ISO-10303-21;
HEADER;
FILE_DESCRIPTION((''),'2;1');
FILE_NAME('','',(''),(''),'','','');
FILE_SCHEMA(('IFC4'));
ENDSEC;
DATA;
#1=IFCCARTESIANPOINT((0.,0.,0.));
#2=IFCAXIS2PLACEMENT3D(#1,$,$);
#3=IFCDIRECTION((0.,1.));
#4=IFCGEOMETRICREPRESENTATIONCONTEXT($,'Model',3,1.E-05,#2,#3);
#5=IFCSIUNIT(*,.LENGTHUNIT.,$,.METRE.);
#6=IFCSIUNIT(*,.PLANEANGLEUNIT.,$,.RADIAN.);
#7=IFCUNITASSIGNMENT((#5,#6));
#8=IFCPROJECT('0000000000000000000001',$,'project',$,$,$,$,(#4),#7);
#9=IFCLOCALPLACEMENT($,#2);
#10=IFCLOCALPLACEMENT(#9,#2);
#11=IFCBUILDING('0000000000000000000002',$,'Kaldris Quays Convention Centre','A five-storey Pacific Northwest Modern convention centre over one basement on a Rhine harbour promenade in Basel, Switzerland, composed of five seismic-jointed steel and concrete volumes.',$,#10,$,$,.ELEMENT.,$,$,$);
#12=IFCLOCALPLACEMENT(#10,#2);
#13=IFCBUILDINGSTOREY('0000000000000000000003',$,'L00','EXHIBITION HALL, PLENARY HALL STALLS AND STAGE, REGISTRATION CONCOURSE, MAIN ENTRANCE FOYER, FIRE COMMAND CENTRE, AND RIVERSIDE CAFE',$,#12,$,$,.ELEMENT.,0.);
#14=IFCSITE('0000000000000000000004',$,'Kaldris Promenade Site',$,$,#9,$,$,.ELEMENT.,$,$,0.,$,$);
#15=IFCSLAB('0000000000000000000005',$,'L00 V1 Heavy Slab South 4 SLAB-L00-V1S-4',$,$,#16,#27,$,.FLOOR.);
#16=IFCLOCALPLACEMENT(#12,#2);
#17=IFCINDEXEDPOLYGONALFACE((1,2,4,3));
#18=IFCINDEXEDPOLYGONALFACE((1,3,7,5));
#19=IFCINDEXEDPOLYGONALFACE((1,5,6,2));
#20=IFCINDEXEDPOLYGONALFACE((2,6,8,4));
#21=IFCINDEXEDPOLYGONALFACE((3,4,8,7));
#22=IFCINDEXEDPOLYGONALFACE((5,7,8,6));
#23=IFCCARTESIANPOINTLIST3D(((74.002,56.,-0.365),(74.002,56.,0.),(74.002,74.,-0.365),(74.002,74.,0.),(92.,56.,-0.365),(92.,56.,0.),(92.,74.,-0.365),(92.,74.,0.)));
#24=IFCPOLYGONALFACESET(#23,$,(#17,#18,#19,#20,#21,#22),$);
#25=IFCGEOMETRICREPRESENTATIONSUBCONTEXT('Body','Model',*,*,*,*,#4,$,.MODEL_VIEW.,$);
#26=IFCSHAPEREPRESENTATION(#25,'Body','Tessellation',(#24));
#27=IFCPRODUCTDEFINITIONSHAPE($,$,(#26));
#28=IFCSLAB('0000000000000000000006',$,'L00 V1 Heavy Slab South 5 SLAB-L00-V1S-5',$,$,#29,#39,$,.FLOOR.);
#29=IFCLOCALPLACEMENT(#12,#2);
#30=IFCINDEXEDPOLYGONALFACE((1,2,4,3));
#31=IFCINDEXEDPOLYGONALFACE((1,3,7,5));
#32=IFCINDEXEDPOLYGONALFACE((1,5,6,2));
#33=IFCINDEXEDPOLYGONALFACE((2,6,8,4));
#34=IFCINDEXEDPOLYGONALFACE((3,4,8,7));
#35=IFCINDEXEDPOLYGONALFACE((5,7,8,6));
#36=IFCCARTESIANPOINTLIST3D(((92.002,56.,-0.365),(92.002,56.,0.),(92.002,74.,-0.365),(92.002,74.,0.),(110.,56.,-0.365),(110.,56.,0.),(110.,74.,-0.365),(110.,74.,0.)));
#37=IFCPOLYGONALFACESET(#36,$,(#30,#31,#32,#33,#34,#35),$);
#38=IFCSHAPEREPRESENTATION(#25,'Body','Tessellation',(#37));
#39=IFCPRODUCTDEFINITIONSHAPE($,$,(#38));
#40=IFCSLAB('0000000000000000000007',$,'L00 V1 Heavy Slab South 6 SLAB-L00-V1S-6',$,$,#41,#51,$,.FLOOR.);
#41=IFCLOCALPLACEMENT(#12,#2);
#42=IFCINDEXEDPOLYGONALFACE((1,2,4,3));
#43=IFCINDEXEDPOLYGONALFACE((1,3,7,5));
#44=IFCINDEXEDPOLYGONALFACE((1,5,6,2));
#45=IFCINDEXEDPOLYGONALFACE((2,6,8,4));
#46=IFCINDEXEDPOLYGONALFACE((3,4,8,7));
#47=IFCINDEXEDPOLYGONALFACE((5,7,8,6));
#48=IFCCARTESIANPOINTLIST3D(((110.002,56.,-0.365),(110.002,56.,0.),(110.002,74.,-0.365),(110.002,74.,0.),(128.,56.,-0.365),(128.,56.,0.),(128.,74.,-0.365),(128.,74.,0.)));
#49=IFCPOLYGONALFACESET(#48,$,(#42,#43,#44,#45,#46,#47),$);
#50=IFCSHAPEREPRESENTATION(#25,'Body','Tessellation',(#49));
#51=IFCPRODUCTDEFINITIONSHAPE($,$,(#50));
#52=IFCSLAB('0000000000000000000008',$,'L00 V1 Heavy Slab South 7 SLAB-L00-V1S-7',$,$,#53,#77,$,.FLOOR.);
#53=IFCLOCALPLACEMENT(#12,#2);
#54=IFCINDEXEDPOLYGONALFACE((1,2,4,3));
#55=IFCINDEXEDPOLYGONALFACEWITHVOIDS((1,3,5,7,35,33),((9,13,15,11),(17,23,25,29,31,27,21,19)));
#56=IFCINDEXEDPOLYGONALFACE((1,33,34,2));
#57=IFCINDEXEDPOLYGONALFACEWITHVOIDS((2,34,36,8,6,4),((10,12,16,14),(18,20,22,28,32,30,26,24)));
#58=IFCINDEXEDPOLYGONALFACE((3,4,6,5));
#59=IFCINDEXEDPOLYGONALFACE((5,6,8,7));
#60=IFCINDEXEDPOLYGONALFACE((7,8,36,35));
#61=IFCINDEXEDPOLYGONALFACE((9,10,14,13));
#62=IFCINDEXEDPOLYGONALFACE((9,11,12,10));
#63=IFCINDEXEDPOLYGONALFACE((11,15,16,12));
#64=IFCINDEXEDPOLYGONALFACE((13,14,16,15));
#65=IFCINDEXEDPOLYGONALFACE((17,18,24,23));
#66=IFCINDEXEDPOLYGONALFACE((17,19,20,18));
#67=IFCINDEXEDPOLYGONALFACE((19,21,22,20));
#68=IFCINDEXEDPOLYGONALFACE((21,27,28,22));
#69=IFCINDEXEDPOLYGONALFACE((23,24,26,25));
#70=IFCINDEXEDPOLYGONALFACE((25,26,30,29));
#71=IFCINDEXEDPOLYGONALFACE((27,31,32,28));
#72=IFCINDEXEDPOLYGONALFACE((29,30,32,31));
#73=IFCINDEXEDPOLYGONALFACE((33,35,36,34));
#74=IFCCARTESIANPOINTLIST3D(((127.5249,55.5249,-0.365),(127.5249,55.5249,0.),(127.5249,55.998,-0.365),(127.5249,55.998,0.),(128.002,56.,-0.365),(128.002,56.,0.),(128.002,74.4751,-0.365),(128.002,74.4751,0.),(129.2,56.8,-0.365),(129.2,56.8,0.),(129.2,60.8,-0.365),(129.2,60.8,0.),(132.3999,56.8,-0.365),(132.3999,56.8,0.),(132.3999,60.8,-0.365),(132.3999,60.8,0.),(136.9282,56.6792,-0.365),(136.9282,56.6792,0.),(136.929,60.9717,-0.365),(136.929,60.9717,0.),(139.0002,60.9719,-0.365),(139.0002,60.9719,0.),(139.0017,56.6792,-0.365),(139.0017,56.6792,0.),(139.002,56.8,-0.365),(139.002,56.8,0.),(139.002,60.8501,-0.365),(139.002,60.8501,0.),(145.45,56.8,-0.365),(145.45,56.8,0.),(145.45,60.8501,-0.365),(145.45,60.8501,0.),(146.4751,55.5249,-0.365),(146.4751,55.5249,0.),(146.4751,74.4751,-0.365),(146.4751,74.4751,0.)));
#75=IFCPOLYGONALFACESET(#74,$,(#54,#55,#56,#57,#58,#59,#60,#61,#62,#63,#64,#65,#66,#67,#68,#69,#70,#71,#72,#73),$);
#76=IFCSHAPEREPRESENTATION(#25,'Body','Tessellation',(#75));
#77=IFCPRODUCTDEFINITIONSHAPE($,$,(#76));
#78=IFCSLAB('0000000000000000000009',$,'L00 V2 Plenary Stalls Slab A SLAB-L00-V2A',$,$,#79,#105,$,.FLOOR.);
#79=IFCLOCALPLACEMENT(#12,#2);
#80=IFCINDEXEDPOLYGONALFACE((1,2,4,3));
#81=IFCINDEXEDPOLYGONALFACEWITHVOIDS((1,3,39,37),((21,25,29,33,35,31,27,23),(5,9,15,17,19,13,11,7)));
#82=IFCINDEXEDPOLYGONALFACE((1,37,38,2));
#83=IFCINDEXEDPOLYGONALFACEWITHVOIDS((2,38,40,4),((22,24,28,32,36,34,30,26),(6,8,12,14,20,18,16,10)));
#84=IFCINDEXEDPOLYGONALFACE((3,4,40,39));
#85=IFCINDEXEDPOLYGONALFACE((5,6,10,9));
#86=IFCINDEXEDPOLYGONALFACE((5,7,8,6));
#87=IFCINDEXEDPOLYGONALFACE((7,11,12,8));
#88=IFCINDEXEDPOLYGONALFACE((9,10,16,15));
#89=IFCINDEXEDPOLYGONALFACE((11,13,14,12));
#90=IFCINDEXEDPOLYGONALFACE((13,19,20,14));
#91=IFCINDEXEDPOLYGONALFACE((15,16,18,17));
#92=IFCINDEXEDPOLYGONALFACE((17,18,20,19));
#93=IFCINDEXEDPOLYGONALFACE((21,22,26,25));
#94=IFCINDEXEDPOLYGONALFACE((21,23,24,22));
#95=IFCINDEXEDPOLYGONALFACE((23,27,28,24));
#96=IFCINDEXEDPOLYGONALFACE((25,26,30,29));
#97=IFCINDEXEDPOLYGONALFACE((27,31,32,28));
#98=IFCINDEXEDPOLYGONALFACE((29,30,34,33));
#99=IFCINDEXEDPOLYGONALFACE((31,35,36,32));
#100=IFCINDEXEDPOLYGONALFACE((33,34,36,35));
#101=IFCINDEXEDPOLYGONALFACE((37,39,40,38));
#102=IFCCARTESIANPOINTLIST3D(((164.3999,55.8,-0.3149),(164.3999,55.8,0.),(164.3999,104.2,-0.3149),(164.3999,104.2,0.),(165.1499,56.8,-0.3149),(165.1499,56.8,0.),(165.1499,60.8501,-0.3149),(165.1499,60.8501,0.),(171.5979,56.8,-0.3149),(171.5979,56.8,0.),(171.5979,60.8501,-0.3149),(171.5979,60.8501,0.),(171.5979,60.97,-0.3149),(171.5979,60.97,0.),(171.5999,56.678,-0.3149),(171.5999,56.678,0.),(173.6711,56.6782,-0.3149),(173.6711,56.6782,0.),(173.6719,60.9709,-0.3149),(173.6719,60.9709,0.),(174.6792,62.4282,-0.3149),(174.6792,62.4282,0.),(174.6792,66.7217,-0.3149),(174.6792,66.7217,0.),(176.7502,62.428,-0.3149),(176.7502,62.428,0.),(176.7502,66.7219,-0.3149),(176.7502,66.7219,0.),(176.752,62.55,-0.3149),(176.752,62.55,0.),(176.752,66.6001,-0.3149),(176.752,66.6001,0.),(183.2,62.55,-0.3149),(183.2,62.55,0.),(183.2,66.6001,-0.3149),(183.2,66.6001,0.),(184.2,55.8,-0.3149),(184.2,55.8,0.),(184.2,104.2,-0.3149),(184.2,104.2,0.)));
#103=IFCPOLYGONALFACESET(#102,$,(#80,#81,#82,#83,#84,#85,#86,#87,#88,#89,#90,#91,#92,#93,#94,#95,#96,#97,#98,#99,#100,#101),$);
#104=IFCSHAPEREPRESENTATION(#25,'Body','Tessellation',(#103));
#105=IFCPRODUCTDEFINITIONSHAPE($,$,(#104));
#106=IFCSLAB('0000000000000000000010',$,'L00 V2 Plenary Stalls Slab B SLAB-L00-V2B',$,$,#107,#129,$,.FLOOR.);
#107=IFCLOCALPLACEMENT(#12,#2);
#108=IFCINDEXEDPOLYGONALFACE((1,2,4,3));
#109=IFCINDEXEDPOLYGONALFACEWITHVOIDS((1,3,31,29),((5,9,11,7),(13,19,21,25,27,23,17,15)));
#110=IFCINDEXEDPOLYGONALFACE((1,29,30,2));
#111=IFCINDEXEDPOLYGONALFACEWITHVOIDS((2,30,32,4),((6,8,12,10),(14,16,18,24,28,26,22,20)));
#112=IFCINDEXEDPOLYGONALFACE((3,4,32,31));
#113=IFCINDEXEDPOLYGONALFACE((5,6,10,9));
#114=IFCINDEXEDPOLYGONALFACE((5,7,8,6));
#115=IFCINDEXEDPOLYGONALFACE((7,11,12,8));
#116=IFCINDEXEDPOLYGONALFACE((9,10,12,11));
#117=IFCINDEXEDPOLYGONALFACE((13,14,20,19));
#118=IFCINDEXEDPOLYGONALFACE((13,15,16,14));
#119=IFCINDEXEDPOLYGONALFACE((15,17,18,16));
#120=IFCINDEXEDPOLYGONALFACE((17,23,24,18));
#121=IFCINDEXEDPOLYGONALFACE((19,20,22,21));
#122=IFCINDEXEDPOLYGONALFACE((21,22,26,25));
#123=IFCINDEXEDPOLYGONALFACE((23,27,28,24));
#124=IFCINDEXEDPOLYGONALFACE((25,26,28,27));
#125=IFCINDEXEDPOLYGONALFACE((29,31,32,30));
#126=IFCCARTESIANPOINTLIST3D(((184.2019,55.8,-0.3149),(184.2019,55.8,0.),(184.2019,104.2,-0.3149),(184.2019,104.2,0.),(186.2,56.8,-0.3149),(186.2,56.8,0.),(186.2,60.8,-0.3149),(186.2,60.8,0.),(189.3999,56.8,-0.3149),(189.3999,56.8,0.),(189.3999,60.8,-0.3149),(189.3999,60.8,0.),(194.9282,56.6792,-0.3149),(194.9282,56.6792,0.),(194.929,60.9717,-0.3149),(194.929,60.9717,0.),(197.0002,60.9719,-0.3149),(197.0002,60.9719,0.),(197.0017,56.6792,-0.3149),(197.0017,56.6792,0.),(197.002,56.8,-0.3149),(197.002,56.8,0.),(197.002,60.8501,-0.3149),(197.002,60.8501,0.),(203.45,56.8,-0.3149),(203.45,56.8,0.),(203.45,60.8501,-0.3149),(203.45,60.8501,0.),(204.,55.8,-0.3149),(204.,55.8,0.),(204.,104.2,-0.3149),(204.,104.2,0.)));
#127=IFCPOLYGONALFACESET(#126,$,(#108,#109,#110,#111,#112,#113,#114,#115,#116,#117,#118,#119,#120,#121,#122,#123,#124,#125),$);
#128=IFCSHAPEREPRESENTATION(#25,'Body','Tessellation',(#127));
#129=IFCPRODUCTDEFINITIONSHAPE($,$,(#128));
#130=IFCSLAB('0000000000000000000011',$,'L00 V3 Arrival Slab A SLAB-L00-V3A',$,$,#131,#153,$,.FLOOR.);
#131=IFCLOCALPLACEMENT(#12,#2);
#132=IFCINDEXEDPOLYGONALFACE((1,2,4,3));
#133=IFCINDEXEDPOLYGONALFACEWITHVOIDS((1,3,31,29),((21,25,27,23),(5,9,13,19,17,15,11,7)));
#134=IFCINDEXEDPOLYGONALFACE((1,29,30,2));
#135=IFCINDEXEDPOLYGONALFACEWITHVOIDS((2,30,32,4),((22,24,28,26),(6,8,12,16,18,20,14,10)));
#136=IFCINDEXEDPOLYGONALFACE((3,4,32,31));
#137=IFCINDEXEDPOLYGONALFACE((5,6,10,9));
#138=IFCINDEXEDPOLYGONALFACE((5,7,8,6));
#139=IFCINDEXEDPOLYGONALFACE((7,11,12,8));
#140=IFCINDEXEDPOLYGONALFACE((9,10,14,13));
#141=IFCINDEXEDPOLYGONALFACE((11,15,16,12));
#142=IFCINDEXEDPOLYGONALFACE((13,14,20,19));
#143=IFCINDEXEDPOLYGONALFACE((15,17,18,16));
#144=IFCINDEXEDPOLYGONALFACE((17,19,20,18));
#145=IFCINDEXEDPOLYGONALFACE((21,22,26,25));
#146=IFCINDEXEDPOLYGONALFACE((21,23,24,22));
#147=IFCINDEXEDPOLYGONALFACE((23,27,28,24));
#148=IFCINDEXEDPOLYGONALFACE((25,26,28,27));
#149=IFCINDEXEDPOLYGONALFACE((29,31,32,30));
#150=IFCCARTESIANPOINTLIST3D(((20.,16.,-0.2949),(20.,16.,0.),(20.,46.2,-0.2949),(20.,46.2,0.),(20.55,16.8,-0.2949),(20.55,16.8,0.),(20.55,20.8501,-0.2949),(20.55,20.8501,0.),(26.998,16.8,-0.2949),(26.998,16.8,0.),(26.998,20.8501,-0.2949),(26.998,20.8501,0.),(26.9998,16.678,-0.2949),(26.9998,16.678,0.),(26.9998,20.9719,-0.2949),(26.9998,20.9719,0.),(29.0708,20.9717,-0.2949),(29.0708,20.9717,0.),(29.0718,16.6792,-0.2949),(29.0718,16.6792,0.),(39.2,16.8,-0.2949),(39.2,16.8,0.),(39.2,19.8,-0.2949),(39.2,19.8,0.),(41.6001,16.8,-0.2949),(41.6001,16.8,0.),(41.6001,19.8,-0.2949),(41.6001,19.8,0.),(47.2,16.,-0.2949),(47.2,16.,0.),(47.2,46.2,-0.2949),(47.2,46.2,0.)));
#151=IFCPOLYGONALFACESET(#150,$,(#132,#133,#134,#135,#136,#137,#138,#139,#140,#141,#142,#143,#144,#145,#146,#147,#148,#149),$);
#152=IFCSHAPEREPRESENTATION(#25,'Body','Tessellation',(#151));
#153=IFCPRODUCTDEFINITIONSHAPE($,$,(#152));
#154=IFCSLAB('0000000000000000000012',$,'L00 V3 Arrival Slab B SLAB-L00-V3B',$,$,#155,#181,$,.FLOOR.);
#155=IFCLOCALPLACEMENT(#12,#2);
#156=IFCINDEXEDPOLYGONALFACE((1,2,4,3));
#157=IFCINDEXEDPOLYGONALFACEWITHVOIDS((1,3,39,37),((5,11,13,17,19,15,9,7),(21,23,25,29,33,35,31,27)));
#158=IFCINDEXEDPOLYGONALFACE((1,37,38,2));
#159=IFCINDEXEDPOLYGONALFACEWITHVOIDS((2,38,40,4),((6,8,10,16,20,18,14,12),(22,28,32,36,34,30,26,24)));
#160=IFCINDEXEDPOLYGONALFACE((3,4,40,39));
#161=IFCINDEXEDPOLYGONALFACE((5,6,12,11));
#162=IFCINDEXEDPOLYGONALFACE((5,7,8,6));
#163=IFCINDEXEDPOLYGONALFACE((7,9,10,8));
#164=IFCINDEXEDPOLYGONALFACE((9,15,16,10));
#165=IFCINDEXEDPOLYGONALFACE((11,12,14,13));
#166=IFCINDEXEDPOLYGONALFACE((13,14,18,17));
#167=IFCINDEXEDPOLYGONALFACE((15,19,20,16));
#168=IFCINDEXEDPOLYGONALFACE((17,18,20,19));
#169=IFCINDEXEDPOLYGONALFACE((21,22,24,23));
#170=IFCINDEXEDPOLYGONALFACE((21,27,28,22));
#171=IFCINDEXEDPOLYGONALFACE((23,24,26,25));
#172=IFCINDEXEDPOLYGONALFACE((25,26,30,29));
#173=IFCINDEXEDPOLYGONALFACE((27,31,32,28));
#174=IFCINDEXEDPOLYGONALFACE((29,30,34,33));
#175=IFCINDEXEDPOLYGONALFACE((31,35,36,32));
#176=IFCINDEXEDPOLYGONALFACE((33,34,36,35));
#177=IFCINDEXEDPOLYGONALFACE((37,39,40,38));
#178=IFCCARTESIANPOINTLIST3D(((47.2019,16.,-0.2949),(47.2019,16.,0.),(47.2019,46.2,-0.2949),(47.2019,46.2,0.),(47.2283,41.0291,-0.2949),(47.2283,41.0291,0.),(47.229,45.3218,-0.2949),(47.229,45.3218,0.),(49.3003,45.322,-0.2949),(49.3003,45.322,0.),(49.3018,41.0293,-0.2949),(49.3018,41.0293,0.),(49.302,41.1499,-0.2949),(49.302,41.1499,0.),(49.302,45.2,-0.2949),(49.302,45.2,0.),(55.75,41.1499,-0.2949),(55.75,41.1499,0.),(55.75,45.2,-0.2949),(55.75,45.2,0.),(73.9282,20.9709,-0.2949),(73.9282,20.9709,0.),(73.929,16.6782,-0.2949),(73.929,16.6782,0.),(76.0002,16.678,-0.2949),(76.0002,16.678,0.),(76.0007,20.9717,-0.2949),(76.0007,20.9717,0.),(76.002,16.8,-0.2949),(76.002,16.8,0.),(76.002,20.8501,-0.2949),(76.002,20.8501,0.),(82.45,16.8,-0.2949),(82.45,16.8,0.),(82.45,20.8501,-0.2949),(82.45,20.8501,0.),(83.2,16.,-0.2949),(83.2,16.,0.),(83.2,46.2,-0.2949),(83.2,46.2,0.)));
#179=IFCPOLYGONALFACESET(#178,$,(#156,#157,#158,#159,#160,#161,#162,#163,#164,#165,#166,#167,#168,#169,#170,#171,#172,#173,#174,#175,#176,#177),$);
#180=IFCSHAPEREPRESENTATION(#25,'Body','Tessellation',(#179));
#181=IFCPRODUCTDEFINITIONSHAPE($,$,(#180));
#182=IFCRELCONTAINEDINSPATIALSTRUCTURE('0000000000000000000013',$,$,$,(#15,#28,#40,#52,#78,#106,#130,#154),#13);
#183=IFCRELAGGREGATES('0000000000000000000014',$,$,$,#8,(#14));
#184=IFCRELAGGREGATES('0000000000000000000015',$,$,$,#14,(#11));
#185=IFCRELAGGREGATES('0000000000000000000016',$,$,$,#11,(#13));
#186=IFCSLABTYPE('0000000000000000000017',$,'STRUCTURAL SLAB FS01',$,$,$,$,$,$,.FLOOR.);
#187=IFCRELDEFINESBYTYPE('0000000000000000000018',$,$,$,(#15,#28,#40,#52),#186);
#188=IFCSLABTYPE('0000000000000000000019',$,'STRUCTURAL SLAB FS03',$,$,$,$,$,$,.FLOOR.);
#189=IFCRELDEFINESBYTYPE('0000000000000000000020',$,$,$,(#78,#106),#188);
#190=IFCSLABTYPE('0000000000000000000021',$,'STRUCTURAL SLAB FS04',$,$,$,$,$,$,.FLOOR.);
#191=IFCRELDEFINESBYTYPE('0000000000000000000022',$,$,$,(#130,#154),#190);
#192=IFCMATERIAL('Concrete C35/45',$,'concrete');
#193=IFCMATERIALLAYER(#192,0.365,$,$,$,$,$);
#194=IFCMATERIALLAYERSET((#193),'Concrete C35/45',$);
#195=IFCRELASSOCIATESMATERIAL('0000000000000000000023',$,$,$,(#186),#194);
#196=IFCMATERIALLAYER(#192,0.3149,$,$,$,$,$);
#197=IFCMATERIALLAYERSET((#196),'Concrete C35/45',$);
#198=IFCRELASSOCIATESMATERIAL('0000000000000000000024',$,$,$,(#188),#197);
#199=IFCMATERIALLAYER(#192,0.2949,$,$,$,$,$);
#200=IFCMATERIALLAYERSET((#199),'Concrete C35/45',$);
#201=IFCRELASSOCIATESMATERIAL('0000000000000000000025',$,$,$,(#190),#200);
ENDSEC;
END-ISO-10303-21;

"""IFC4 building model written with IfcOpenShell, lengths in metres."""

from ifc_helpers import new_model, si_unit, direction, frame, origin, place, context, subcontext, project, spatial, polyline, outline, extrude, material, layer, layer_set, type_object, element, save


model = new_model("IFC4")

# Units and contexts
model_context = context("Model", 3, precision=1e-05, world=origin(), true_north=direction((0.0, 1.0)))
body_context = subcontext(model_context, "Body", "Model", "MODEL_VIEW")
ifc_project = project(units=[si_unit("LENGTHUNIT", "METRE"), si_unit("PLANEANGLEUNIT", "RADIAN")], contexts=[model_context])

# Site, building, storey
site_placement = place(None, origin())
site = spatial("IfcSite", under=ifc_project, at=site_placement, Name="Kaldris Promenade Site", CompositionType="ELEMENT", RefElevation=0.0)
building_placement = place(site_placement, origin())
building = spatial("IfcBuilding", under=site, at=building_placement, Name="Kaldris Quays Convention Centre", Description="A five-storey Pacific Northwest Modern convention centre over one basement on a Rhine harbour promenade in Basel, Switzerland, composed of five seismic-jointed steel and concrete volumes.", CompositionType="ELEMENT")
storey_placement = place(building_placement, origin())
storey = spatial("IfcBuildingStorey", under=building, at=storey_placement, Name="L00", Description="EXHIBITION HALL, PLENARY HALL STALLS AND STAGE, REGISTRATION CONCOURSE, MAIN ENTRANCE FOYER, FIRE COMMAND CENTRE, AND RIVERSIDE CAFE", CompositionType="ELEMENT", Elevation=0.0)

# Slabs
ifc_material = material(Name="Concrete C35/45", Category="concrete")
ifc_layer_1 = layer(ifc_material, 0.365)
ifc_layer_set_1 = layer_set([ifc_layer_1], Name="Concrete C35/45")
slab_type_1 = type_object("IfcSlabType", Name="STRUCTURAL SLAB FS01", PredefinedType="FLOOR", material=ifc_layer_set_1)
slab_1_placement = place(storey_placement, frame((0.0, 0.0, -0.365)))
element("IfcSlab", 1, at=slab_1_placement, inside=storey, type_object=slab_type_1, Name="L00 V1 Heavy Slab South 4 SLAB-L00-V1S-4", PredefinedType="FLOOR", context=body_context, shape_type="SweptSolid", body=[
    extrude(outline(polyline([(92.0, 74.0), (92.0, 56.0), (74.002, 56.0), (74.002, 74.0), (92.0, 74.0)])), origin(), (0.0, 0.0, 1.0), 0.365),
])
slab_2_placement = place(storey_placement, frame((0.0, 0.0, -0.365)))
element("IfcSlab", 2, at=slab_2_placement, inside=storey, type_object=slab_type_1, Name="L00 V1 Heavy Slab South 5 SLAB-L00-V1S-5", PredefinedType="FLOOR", context=body_context, shape_type="SweptSolid", body=[
    extrude(outline(polyline([(110.0, 74.0), (110.0, 56.0), (92.002, 56.0), (92.002, 74.0), (110.0, 74.0)])), origin(), (0.0, 0.0, 1.0), 0.365),
])
slab_3_placement = place(storey_placement, frame((0.0, 0.0, -0.365)))
element("IfcSlab", 3, at=slab_3_placement, inside=storey, type_object=slab_type_1, Name="L00 V1 Heavy Slab South 6 SLAB-L00-V1S-6", PredefinedType="FLOOR", context=body_context, shape_type="SweptSolid", body=[
    extrude(outline(polyline([(128.0, 74.0), (128.0, 56.0), (110.002, 56.0), (110.002, 74.0), (128.0, 74.0)])), origin(), (0.0, 0.0, 1.0), 0.365),
])
slab_4_placement = place(storey_placement, frame((0.0, 0.0, -0.365)))
element("IfcSlab", 4, at=slab_4_placement, inside=storey, type_object=slab_type_1, Name="L00 V1 Heavy Slab South 7 SLAB-L00-V1S-7", PredefinedType="FLOOR", context=body_context, shape_type="SweptSolid", body=[
    extrude(outline(polyline([(146.4751, 74.4751), (146.4751, 55.5249), (127.5249, 55.5249), (127.5249, 55.998), (128.002, 56.0), (128.002, 74.4751), (146.4751, 74.4751)]), holes=[polyline([(132.3999, 56.8), (132.3999, 60.8), (129.2, 60.8), (129.2, 56.8), (132.3999, 56.8)]), polyline([(139.0017, 56.6792), (139.002, 56.8), (145.45, 56.8), (145.45, 60.8501), (139.002, 60.8501), (139.0002, 60.9719), (136.929, 60.9717), (136.9282, 56.6792), (139.0017, 56.6792)])]), origin(), (0.0, 0.0, 1.0), 0.365),
])
ifc_layer_2 = layer(ifc_material, 0.3149)
ifc_layer_set_2 = layer_set([ifc_layer_2], Name="Concrete C35/45")
slab_type_2 = type_object("IfcSlabType", Name="STRUCTURAL SLAB FS03", PredefinedType="FLOOR", material=ifc_layer_set_2)
slab_5_placement = place(storey_placement, frame((0.0, 0.0, -0.3149)))
element("IfcSlab", 5, at=slab_5_placement, inside=storey, type_object=slab_type_2, Name="L00 V2 Plenary Stalls Slab A SLAB-L00-V2A", PredefinedType="FLOOR", context=body_context, shape_type="SweptSolid", body=[
    extrude(outline(polyline([(164.3999, 55.8), (164.3999, 104.2), (184.2, 104.2), (184.2, 55.8), (164.3999, 55.8)]), holes=[polyline([(171.5979, 60.97), (171.5979, 60.8501), (165.1499, 60.8501), (165.1499, 56.8), (171.5979, 56.8), (171.5999, 56.678), (173.6711, 56.6782), (173.6719, 60.9709), (171.5979, 60.97)]), polyline([(174.6792, 62.4282), (176.7502, 62.428), (176.752, 62.55), (183.2, 62.55), (183.2, 66.6001), (176.752, 66.6001), (176.7502, 66.7219), (174.6792, 66.7217), (174.6792, 62.4282)])]), origin(), (0.0, 0.0, 1.0), 0.3149),
])
slab_6_placement = place(storey_placement, frame((0.0, 0.0, -0.3149)))
element("IfcSlab", 6, at=slab_6_placement, inside=storey, type_object=slab_type_2, Name="L00 V2 Plenary Stalls Slab B SLAB-L00-V2B", PredefinedType="FLOOR", context=body_context, shape_type="SweptSolid", body=[
    extrude(outline(polyline([(204.0, 104.2), (204.0, 55.8), (184.2019, 55.8), (184.2019, 104.2), (204.0, 104.2)]), holes=[polyline([(189.3999, 56.8), (189.3999, 60.8), (186.2, 60.8), (186.2, 56.8), (189.3999, 56.8)]), polyline([(197.0017, 56.6792), (197.002, 56.8), (203.45, 56.8), (203.45, 60.8501), (197.002, 60.8501), (197.0002, 60.9719), (194.929, 60.9717), (194.9282, 56.6792), (197.0017, 56.6792)])]), origin(), (0.0, 0.0, 1.0), 0.3149),
])
ifc_layer_3 = layer(ifc_material, 0.2949)
ifc_layer_set_3 = layer_set([ifc_layer_3], Name="Concrete C35/45")
slab_type_3 = type_object("IfcSlabType", Name="STRUCTURAL SLAB FS04", PredefinedType="FLOOR", material=ifc_layer_set_3)
slab_7_placement = place(storey_placement, frame((0.0, 0.0, -0.2949)))
element("IfcSlab", 7, at=slab_7_placement, inside=storey, type_object=slab_type_3, Name="L00 V3 Arrival Slab A SLAB-L00-V3A", PredefinedType="FLOOR", context=body_context, shape_type="SweptSolid", body=[
    extrude(outline(polyline([(20.0, 16.0), (20.0, 46.2), (47.2, 46.2), (47.2, 16.0), (20.0, 16.0)]), holes=[polyline([(41.6001, 19.8), (39.2, 19.8), (39.2, 16.8), (41.6001, 16.8), (41.6001, 19.8)]), polyline([(29.0718, 16.6792), (29.0708, 20.9717), (26.9998, 20.9719), (26.998, 20.8501), (20.55, 20.8501), (20.55, 16.8), (26.998, 16.8), (26.9998, 16.678), (29.0718, 16.6792)])]), origin(), (0.0, 0.0, 1.0), 0.2949),
])
slab_8_placement = place(storey_placement, frame((0.0, 0.0, -0.2949)))
element("IfcSlab", 8, at=slab_8_placement, inside=storey, type_object=slab_type_3, Name="L00 V3 Arrival Slab B SLAB-L00-V3B", PredefinedType="FLOOR", context=body_context, shape_type="SweptSolid", body=[
    extrude(outline(polyline([(83.2, 46.2), (83.2, 16.0), (47.2019, 16.0), (47.2019, 46.2), (83.2, 46.2)]), holes=[polyline([(76.0007, 20.9717), (73.9282, 20.9709), (73.929, 16.6782), (76.0002, 16.678), (76.002, 16.8), (82.45, 16.8), (82.45, 20.8501), (76.002, 20.8501), (76.0007, 20.9717)]), polyline([(49.3018, 41.0293), (49.302, 41.1499), (55.75, 41.1499), (55.75, 45.2), (49.302, 45.2), (49.3003, 45.322), (47.229, 45.3218), (47.2283, 41.0291), (49.3018, 41.0293)])]), origin(), (0.0, 0.0, 1.0), 0.2949),
])

save(model, "model.ifc")
